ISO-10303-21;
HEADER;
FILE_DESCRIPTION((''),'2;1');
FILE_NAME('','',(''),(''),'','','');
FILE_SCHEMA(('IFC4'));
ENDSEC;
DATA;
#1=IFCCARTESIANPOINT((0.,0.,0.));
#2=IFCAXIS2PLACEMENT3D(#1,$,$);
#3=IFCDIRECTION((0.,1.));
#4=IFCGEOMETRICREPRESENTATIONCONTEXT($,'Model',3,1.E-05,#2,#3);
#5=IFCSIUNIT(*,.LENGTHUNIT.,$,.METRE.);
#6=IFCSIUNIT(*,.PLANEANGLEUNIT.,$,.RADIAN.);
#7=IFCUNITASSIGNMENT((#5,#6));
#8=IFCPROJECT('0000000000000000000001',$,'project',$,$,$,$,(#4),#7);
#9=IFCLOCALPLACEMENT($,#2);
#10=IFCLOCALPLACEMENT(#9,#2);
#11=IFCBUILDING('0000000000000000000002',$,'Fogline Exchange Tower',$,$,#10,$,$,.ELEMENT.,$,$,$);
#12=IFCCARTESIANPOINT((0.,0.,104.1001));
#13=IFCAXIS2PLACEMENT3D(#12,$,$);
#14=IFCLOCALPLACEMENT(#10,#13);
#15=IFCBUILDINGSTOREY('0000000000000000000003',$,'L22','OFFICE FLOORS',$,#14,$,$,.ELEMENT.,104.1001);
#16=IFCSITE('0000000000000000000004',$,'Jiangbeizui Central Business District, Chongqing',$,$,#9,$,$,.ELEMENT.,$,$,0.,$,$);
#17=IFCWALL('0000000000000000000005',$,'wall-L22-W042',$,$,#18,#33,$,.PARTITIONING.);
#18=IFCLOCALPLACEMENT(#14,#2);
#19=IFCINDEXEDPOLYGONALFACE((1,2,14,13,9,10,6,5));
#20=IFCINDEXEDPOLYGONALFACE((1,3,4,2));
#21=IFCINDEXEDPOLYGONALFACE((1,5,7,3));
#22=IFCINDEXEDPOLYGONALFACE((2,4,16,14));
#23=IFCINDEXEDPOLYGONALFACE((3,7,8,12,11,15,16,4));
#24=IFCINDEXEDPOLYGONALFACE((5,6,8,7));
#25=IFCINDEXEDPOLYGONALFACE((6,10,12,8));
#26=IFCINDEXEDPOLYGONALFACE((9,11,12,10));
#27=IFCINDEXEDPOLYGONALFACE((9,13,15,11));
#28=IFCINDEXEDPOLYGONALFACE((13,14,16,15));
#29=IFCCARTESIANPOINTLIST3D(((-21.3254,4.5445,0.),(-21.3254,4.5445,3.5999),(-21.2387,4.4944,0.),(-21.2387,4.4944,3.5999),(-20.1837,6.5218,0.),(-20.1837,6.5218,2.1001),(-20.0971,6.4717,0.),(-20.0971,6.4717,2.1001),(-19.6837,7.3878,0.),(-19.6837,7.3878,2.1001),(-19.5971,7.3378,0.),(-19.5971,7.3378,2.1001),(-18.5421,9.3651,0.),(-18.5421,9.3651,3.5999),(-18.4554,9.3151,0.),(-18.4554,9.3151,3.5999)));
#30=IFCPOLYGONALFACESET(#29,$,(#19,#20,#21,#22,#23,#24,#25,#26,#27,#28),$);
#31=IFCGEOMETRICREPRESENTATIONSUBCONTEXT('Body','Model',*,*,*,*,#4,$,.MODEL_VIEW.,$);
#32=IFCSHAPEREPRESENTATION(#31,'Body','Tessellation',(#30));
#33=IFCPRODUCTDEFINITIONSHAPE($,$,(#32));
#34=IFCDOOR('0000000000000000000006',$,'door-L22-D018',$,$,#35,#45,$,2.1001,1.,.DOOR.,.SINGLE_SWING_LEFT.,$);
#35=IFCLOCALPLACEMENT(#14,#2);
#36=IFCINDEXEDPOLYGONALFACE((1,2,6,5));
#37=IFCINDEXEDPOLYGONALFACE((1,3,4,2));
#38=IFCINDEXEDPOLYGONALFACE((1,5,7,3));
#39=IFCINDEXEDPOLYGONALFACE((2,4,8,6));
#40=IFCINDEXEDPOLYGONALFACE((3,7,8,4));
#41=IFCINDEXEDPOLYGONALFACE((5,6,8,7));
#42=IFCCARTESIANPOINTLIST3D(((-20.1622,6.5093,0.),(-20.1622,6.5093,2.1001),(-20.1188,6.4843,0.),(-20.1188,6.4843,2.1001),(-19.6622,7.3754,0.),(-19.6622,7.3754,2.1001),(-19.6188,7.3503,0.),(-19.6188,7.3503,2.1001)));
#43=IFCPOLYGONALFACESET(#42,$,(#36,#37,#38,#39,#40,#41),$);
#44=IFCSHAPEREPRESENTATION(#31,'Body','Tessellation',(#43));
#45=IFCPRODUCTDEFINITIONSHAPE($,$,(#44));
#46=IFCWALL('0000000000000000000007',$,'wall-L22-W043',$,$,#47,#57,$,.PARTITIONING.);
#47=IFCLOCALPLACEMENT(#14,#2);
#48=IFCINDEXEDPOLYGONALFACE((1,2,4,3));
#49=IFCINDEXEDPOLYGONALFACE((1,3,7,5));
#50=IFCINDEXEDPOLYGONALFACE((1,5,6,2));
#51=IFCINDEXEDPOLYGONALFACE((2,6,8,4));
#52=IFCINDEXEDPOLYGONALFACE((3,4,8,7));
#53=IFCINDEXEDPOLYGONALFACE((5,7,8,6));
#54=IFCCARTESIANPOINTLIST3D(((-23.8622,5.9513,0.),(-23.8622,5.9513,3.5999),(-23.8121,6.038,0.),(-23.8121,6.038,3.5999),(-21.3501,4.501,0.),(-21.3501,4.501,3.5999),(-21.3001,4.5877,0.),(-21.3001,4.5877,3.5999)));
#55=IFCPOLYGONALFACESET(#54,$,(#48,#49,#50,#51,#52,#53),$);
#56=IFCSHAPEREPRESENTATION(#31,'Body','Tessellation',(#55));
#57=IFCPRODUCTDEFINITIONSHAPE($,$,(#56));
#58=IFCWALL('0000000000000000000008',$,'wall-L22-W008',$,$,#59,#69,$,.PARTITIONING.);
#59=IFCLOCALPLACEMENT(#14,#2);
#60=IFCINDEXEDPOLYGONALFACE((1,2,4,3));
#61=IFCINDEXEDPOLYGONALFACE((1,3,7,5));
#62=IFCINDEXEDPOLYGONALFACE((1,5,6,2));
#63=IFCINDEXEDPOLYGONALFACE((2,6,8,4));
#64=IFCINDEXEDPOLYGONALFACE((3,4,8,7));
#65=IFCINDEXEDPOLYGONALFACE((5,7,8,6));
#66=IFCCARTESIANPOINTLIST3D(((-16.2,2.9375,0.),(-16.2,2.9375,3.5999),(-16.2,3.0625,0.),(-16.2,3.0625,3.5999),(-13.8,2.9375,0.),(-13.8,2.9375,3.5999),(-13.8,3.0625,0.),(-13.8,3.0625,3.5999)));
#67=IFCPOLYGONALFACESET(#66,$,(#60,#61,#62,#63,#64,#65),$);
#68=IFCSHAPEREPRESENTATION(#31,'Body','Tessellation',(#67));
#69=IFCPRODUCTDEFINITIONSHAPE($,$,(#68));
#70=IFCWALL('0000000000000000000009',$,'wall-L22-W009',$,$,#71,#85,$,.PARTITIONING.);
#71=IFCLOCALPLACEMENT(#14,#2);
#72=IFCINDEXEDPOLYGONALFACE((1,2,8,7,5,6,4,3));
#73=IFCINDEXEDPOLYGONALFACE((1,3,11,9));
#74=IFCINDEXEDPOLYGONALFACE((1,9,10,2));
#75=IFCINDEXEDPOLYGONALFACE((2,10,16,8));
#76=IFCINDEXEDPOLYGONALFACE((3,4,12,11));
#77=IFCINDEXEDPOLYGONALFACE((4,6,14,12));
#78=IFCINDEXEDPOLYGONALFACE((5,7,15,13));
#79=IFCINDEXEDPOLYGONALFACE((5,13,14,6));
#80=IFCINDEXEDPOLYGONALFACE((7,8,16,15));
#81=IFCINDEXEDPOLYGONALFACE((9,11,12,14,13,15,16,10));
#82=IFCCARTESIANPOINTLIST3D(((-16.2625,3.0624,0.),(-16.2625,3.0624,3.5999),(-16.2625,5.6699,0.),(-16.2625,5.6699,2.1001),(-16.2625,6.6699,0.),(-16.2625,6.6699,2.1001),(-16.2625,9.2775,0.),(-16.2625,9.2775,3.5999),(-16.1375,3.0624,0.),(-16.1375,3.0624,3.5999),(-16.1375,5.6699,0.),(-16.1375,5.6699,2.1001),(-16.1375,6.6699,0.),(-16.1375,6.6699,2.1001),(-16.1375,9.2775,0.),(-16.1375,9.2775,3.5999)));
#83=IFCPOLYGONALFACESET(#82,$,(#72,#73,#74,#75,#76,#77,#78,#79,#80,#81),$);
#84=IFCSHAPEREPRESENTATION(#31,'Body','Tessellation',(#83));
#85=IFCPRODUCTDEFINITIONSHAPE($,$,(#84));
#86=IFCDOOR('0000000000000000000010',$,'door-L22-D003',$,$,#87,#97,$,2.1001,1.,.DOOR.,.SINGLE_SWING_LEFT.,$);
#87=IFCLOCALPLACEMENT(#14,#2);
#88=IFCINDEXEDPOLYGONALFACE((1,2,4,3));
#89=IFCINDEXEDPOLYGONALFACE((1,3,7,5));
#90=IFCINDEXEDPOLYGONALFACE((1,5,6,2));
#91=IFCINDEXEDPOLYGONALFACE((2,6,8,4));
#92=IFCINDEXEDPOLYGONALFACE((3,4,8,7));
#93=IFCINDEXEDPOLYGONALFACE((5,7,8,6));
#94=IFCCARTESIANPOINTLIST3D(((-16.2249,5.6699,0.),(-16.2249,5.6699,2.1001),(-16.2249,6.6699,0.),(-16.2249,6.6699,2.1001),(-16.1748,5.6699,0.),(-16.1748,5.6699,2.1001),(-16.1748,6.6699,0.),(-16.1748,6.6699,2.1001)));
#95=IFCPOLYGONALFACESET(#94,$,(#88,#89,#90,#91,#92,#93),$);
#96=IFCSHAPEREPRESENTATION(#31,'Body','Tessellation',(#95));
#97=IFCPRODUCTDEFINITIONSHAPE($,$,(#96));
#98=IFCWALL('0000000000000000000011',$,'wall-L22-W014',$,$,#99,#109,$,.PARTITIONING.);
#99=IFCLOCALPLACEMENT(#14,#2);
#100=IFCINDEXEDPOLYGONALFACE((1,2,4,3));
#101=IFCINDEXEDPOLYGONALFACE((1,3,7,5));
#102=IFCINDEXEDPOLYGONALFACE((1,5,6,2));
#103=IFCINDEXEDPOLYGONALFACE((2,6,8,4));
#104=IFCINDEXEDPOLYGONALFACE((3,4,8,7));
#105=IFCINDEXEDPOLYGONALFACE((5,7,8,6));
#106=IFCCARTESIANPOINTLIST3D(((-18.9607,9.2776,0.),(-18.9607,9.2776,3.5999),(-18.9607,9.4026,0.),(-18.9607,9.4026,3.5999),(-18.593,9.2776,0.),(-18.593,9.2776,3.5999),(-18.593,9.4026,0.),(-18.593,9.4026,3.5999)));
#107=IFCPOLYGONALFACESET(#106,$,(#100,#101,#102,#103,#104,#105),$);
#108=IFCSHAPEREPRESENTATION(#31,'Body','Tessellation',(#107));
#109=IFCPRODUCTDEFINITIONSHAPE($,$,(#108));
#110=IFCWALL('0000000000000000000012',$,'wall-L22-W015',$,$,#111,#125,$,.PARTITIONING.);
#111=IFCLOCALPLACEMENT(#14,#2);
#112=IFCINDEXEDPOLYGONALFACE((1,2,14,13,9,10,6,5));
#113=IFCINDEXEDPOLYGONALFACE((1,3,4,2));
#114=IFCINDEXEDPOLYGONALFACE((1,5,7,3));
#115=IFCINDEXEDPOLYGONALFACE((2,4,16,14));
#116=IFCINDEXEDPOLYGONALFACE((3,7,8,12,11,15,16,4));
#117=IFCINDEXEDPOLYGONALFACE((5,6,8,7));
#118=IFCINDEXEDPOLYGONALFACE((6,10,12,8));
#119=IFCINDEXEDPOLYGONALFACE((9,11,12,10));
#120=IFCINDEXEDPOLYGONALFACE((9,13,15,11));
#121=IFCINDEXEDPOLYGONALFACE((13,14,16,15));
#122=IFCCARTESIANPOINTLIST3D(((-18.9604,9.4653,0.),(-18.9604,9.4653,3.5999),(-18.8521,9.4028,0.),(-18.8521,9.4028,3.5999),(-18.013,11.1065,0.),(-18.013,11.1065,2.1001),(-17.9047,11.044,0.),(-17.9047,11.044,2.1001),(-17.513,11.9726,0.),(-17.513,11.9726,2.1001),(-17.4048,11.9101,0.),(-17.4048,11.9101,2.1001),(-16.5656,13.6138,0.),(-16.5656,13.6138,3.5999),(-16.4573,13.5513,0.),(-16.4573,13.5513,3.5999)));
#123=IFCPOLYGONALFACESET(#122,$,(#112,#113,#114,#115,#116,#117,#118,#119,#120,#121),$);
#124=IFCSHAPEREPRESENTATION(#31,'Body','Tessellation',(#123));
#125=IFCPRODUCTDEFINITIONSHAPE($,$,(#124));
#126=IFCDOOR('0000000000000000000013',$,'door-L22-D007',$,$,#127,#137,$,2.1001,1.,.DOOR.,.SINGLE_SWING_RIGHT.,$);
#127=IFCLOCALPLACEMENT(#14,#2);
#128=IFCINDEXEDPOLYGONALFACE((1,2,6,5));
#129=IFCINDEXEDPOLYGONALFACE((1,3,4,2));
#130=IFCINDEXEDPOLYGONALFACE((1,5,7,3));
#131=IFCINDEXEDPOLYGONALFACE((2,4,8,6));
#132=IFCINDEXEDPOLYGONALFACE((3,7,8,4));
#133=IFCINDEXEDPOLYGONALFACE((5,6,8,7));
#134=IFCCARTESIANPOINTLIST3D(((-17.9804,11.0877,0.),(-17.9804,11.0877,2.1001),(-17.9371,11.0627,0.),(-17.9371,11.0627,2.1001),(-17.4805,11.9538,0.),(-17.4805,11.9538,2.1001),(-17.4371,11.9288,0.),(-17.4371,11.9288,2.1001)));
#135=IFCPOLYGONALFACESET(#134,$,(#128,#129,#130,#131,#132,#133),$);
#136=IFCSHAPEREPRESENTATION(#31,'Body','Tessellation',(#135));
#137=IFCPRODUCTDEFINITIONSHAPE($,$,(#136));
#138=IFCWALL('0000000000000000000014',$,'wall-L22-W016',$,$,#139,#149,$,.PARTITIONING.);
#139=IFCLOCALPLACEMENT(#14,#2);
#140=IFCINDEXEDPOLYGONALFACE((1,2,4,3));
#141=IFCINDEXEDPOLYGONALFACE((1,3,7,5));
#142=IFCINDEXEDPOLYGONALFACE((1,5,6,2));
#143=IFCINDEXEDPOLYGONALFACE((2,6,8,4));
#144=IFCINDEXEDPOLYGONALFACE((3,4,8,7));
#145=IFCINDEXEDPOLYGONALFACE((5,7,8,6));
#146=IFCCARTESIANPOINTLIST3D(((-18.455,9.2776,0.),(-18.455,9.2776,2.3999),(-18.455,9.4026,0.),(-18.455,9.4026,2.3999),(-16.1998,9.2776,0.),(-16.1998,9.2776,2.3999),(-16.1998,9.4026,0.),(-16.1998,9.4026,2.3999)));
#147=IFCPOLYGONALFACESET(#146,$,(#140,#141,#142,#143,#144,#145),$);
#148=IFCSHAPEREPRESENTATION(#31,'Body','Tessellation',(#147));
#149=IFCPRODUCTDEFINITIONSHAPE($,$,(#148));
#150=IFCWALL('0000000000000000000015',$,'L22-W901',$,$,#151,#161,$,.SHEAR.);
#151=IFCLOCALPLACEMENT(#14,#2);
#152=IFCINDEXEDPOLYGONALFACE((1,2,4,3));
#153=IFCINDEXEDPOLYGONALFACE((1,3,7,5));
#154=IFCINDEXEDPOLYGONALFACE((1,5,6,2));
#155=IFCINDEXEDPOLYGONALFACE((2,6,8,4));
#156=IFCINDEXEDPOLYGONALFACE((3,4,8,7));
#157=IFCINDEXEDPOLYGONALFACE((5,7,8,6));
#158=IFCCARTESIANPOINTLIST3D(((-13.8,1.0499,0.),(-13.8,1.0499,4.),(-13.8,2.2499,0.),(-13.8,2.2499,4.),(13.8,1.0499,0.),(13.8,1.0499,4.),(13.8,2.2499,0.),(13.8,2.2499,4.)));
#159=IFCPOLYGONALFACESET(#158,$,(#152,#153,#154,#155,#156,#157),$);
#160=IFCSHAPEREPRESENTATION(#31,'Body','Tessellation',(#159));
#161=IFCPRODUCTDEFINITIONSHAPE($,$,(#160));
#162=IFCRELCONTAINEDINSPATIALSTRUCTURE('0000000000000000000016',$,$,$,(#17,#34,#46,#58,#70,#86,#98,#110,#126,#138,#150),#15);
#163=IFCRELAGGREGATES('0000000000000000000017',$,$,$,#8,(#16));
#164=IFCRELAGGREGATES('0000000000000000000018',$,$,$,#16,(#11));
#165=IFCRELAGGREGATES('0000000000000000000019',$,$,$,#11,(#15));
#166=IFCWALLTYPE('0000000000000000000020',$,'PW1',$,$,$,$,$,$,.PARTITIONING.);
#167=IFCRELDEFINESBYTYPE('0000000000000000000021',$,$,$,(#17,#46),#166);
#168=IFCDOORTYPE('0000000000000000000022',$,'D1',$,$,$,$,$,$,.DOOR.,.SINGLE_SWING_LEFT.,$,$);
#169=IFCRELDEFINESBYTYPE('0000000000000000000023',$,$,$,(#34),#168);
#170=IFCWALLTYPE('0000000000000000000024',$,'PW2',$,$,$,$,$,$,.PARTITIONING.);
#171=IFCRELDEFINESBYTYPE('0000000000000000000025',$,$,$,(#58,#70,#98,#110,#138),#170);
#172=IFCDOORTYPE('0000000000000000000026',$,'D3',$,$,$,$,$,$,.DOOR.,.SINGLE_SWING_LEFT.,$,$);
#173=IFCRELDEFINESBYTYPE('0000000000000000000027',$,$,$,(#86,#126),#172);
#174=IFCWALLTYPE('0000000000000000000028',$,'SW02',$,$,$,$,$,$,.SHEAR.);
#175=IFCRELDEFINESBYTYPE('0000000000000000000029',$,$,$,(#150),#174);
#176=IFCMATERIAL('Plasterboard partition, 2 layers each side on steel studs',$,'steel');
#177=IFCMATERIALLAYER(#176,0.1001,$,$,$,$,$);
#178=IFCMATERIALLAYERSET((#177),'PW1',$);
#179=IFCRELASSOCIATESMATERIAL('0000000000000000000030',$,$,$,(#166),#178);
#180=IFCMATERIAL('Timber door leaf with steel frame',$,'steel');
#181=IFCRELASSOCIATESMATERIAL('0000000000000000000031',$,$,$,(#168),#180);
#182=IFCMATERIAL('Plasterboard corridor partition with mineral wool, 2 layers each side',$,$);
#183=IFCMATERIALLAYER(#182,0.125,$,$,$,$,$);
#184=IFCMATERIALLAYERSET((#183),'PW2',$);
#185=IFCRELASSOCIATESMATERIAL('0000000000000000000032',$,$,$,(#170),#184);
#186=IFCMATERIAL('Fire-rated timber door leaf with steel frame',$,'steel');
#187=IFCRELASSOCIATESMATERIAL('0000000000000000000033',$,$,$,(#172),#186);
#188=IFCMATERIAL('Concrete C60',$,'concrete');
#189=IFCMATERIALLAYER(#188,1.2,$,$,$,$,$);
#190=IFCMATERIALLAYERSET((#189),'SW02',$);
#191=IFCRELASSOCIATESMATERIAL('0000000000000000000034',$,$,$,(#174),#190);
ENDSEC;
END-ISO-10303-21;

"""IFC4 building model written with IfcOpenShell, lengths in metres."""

from ifc_helpers import new_model, si_unit, direction, frame, frame_2d, origin, place, context, subcontext, project, spatial, rectangle, extrude, material, layer, layer_set, type_object, element, fill, save


model = new_model("IFC4")

# Units and contexts
model_context = context("Model", 3, precision=1e-05, world=origin(), true_north=direction((0.0, 1.0)))
body_context = subcontext(model_context, "Body", "Model", "MODEL_VIEW")
ifc_project = project(units=[si_unit("LENGTHUNIT", "METRE"), si_unit("PLANEANGLEUNIT", "RADIAN")], contexts=[model_context])

# Site, building, storey
site_placement = place(None, origin())
site = spatial("IfcSite", under=ifc_project, at=site_placement, Name="Jiangbeizui Central Business District, Chongqing", CompositionType="ELEMENT", RefElevation=0.0)
building_placement = place(site_placement, origin())
building = spatial("IfcBuilding", under=site, at=building_placement, Name="Fogline Exchange Tower", CompositionType="ELEMENT")
storey_placement = place(building_placement, frame((0.0, 0.0, 104.1001)))
storey = spatial("IfcBuildingStorey", under=building, at=storey_placement, Name="L22", Description="OFFICE FLOORS", CompositionType="ELEMENT", Elevation=104.1001)

# Wall, opening, door
ifc_material_1 = material(Name="Plasterboard partition, 2 layers each side on steel studs", Category="steel")
ifc_layer_1 = layer(ifc_material_1, 0.1001)
ifc_layer_set_1 = layer_set([ifc_layer_1], Name="PW1")
wall_type_1 = type_object("IfcWallType", Name="PW1", PredefinedType="PARTITIONING", material=ifc_layer_set_1)
wall_1_placement = place(storey_placement, frame((-18.4988, 9.3401, 0.0), z_axis=(0.0, 0.0, 1.0), x_axis=(-0.500007, -0.866021, 0.0)))
wall_1 = element("IfcWall", 1, at=wall_1_placement, inside=storey, type_object=wall_type_1, Name="wall-L22-W042", PredefinedType="PARTITIONING", context=body_context, shape_type="SweptSolid", body=[
    extrude(rectangle(XDim=5.5664, YDim=0.1001, at=frame_2d((2.7832, 0.0))), origin(), (0.0, 0.0, 1.0), 3.5999),
])
opening_1_placement = place(wall_1_placement, frame((2.2832, 0.0, 0.0)))
opening_1 = element("IfcOpeningElement", 2, at=opening_1_placement, cuts=wall_1, PredefinedType="OPENING", context=body_context, shape_type="SweptSolid", body=[
    extrude(rectangle(XDim=1.0, YDim=2.1001, at=frame_2d((0.5, 1.05))), frame((0.0, 0.0601, 0.0), z_axis=(0.0, -1.0, 0.0), x_axis=(1.0, 0.0, 0.0)), (0.0, 0.0, 1.0), 0.1201),
])
ifc_material_2 = material(Name="Timber door leaf with steel frame", Category="steel")
door_type_1 = type_object("IfcDoorType", Name="D1", OperationType="SINGLE_SWING_LEFT", PredefinedType="DOOR", material=ifc_material_2)
door_1_placement = place(opening_1_placement, origin())
door_1 = element("IfcDoor", 3, at=door_1_placement, inside=storey, type_object=door_type_1, Name="door-L22-D018", OperationType="SINGLE_SWING_LEFT", OverallHeight=2.1001, OverallWidth=1.0, PredefinedType="DOOR", context=body_context, shape_type="SweptSolid", body=[
    extrude(rectangle(XDim=1.0, YDim=2.1001, at=frame_2d((0.5, 1.05))), frame((0.0, 0.0249, 0.0), z_axis=(0.0, -1.0, 0.0), x_axis=(1.0, 0.0, 0.0)), (0.0, 0.0, 1.0), 0.05),
])
fill(opening_1, door_1)

# Walls
wall_2_placement = place(storey_placement, frame((-21.3252, 4.5444, 0.0), z_axis=(0.0, 0.0, 1.0), x_axis=(-0.866038, 0.499977, 0.0)))
element("IfcWall", 4, at=wall_2_placement, inside=storey, type_object=wall_type_1, Name="wall-L22-W043", PredefinedType="PARTITIONING", context=body_context, shape_type="SweptSolid", body=[
    extrude(rectangle(XDim=2.9006, YDim=0.1001, at=frame_2d((1.4502, 0.0))), origin(), (0.0, 0.0, 1.0), 3.5999),
])
ifc_material_3 = material(Name="Plasterboard corridor partition with mineral wool, 2 layers each side")
ifc_layer_2 = layer(ifc_material_3, 0.125)
ifc_layer_set_2 = layer_set([ifc_layer_2], Name="PW2")
wall_type_2 = type_object("IfcWallType", Name="PW2", PredefinedType="PARTITIONING", material=ifc_layer_set_2)
wall_3_placement = place(storey_placement, frame((-13.8, 3.0, 0.0), z_axis=(0.0, 0.0, 1.0), x_axis=(-1.0, 0.0, 0.0)))
element("IfcWall", 5, at=wall_3_placement, inside=storey, type_object=wall_type_2, Name="wall-L22-W008", PredefinedType="PARTITIONING", context=body_context, shape_type="SweptSolid", body=[
    extrude(rectangle(XDim=2.3999, YDim=0.125, at=frame_2d((1.2, 0.0))), origin(), (0.0, 0.0, 1.0), 3.5999),
])

# Wall, opening, door
wall_4_placement = place(storey_placement, frame((-16.2, 3.0625, 0.0), z_axis=(0.0, 0.0, 1.0), x_axis=(0.0, 1.0, 0.0)))
wall_4 = element("IfcWall", 6, at=wall_4_placement, inside=storey, type_object=wall_type_2, Name="wall-L22-W009", PredefinedType="PARTITIONING", context=body_context, shape_type="SweptSolid", body=[
    extrude(rectangle(XDim=6.2151, YDim=0.125, at=frame_2d((3.1074, 0.0))), origin(), (0.0, 0.0, 1.0), 3.5999),
])
opening_2_placement = place(wall_4_placement, frame((2.6074, 0.0, 0.0)))
opening_2 = element("IfcOpeningElement", 7, at=opening_2_placement, cuts=wall_4, PredefinedType="OPENING", context=body_context, shape_type="SweptSolid", body=[
    extrude(rectangle(XDim=1.0, YDim=2.1001, at=frame_2d((0.5, 1.05))), frame((0.0, 0.0725, 0.0), z_axis=(0.0, -1.0, 0.0), x_axis=(1.0, 0.0, 0.0)), (0.0, 0.0, 1.0), 0.145),
])
ifc_material_4 = material(Name="Fire-rated timber door leaf with steel frame", Category="steel")
door_type_2 = type_object("IfcDoorType", Name="D3", OperationType="SINGLE_SWING_LEFT", PredefinedType="DOOR", material=ifc_material_4)
door_2_placement = place(opening_2_placement, origin())
door_2 = element("IfcDoor", 8, at=door_2_placement, inside=storey, type_object=door_type_2, Name="door-L22-D003", OperationType="SINGLE_SWING_LEFT", OverallHeight=2.1001, OverallWidth=1.0, PredefinedType="DOOR", context=body_context, shape_type="SweptSolid", body=[
    extrude(rectangle(XDim=1.0, YDim=2.1001, at=frame_2d((0.5, 1.05))), frame((0.0, 0.0249, 0.0), z_axis=(0.0, -1.0, 0.0), x_axis=(1.0, 0.0, 0.0)), (0.0, 0.0, 1.0), 0.05),
])
fill(opening_2, door_2)

# Wall
wall_5_placement = place(storey_placement, frame((-18.593, 9.3401, 0.0), z_axis=(0.0, 0.0, 1.0), x_axis=(-1.0, 0.0, 0.0)))
element("IfcWall", 9, at=wall_5_placement, inside=storey, type_object=wall_type_2, Name="wall-L22-W014", PredefinedType="PARTITIONING", context=body_context, shape_type="SweptSolid", body=[
    extrude(rectangle(XDim=0.3677, YDim=0.125, at=frame_2d((0.1838, 0.0))), origin(), (0.0, 0.0, 1.0), 3.5999),
])

# Wall, opening, door
wall_6_placement = place(storey_placement, frame((-18.9062, 9.4341, 0.0), z_axis=(0.0, 0.0, 1.0), x_axis=(0.499949, 0.866055, 0.0)))
wall_6 = element("IfcWall", 10, at=wall_6_placement, inside=storey, type_object=wall_type_2, Name="wall-L22-W015", PredefinedType="PARTITIONING", context=body_context, shape_type="SweptSolid", body=[
    extrude(rectangle(XDim=4.79, YDim=0.125, at=frame_2d((2.395, 0.0))), origin(), (0.0, 0.0, 1.0), 3.5999),
])
opening_3_placement = place(wall_6_placement, frame((1.895, 0.0, 0.0)))
opening_3 = element("IfcOpeningElement", 11, at=opening_3_placement, cuts=wall_6, PredefinedType="OPENING", context=body_context, shape_type="SweptSolid", body=[
    extrude(rectangle(XDim=1.0, YDim=2.1001, at=frame_2d((0.5, 1.05))), frame((0.0, 0.0725, 0.0), z_axis=(0.0, -1.0, 0.0), x_axis=(1.0, 0.0, 0.0)), (0.0, 0.0, 1.0), 0.145),
])
door_3_placement = place(opening_3_placement, origin())
door_3 = element("IfcDoor", 12, at=door_3_placement, inside=storey, type_object=door_type_2, Name="door-L22-D007", OperationType="SINGLE_SWING_RIGHT", OverallHeight=2.1001, OverallWidth=1.0, PredefinedType="DOOR", context=body_context, shape_type="SweptSolid", body=[
    extrude(rectangle(XDim=1.0, YDim=2.1001, at=frame_2d((0.5, 1.05))), frame((0.0, 0.0249, 0.0), z_axis=(0.0, -1.0, 0.0), x_axis=(1.0, 0.0, 0.0)), (0.0, 0.0, 1.0), 0.05),
])
fill(opening_3, door_3)

# Walls
wall_7_placement = place(storey_placement, frame((-16.2, 9.3401, 0.0), z_axis=(0.0, 0.0, 1.0), x_axis=(-1.0, 0.0, 0.0)))
element("IfcWall", 13, at=wall_7_placement, inside=storey, type_object=wall_type_2, Name="wall-L22-W016", PredefinedType="PARTITIONING", context=body_context, shape_type="SweptSolid", body=[
    extrude(rectangle(XDim=2.2551, YDim=0.125, at=frame_2d((1.1274, 0.0))), origin(), (0.0, 0.0, 1.0), 2.3999),
])
ifc_material_5 = material(Name="Concrete C60", Category="concrete")
ifc_layer_3 = layer(ifc_material_5, 1.2)
ifc_layer_set_3 = layer_set([ifc_layer_3], Name="SW02")
wall_type_3 = type_object("IfcWallType", Name="SW02", PredefinedType="SHEAR", material=ifc_layer_set_3)
wall_8_placement = place(storey_placement, frame((-13.8, 1.6499, 0.0), z_axis=(0.0, 0.0, 1.0), x_axis=(1.0, 0.0, 0.0)))
element("IfcWall", 14, at=wall_8_placement, inside=storey, type_object=wall_type_3, Name="L22-W901", PredefinedType="SHEAR", context=body_context, shape_type="SweptSolid", body=[
    extrude(rectangle(XDim=27.6001, YDim=1.2, at=frame_2d((13.8, 0.0))), origin(), (0.0, 0.0, 1.0), 4.0),
])

save(model, "model.ifc")
